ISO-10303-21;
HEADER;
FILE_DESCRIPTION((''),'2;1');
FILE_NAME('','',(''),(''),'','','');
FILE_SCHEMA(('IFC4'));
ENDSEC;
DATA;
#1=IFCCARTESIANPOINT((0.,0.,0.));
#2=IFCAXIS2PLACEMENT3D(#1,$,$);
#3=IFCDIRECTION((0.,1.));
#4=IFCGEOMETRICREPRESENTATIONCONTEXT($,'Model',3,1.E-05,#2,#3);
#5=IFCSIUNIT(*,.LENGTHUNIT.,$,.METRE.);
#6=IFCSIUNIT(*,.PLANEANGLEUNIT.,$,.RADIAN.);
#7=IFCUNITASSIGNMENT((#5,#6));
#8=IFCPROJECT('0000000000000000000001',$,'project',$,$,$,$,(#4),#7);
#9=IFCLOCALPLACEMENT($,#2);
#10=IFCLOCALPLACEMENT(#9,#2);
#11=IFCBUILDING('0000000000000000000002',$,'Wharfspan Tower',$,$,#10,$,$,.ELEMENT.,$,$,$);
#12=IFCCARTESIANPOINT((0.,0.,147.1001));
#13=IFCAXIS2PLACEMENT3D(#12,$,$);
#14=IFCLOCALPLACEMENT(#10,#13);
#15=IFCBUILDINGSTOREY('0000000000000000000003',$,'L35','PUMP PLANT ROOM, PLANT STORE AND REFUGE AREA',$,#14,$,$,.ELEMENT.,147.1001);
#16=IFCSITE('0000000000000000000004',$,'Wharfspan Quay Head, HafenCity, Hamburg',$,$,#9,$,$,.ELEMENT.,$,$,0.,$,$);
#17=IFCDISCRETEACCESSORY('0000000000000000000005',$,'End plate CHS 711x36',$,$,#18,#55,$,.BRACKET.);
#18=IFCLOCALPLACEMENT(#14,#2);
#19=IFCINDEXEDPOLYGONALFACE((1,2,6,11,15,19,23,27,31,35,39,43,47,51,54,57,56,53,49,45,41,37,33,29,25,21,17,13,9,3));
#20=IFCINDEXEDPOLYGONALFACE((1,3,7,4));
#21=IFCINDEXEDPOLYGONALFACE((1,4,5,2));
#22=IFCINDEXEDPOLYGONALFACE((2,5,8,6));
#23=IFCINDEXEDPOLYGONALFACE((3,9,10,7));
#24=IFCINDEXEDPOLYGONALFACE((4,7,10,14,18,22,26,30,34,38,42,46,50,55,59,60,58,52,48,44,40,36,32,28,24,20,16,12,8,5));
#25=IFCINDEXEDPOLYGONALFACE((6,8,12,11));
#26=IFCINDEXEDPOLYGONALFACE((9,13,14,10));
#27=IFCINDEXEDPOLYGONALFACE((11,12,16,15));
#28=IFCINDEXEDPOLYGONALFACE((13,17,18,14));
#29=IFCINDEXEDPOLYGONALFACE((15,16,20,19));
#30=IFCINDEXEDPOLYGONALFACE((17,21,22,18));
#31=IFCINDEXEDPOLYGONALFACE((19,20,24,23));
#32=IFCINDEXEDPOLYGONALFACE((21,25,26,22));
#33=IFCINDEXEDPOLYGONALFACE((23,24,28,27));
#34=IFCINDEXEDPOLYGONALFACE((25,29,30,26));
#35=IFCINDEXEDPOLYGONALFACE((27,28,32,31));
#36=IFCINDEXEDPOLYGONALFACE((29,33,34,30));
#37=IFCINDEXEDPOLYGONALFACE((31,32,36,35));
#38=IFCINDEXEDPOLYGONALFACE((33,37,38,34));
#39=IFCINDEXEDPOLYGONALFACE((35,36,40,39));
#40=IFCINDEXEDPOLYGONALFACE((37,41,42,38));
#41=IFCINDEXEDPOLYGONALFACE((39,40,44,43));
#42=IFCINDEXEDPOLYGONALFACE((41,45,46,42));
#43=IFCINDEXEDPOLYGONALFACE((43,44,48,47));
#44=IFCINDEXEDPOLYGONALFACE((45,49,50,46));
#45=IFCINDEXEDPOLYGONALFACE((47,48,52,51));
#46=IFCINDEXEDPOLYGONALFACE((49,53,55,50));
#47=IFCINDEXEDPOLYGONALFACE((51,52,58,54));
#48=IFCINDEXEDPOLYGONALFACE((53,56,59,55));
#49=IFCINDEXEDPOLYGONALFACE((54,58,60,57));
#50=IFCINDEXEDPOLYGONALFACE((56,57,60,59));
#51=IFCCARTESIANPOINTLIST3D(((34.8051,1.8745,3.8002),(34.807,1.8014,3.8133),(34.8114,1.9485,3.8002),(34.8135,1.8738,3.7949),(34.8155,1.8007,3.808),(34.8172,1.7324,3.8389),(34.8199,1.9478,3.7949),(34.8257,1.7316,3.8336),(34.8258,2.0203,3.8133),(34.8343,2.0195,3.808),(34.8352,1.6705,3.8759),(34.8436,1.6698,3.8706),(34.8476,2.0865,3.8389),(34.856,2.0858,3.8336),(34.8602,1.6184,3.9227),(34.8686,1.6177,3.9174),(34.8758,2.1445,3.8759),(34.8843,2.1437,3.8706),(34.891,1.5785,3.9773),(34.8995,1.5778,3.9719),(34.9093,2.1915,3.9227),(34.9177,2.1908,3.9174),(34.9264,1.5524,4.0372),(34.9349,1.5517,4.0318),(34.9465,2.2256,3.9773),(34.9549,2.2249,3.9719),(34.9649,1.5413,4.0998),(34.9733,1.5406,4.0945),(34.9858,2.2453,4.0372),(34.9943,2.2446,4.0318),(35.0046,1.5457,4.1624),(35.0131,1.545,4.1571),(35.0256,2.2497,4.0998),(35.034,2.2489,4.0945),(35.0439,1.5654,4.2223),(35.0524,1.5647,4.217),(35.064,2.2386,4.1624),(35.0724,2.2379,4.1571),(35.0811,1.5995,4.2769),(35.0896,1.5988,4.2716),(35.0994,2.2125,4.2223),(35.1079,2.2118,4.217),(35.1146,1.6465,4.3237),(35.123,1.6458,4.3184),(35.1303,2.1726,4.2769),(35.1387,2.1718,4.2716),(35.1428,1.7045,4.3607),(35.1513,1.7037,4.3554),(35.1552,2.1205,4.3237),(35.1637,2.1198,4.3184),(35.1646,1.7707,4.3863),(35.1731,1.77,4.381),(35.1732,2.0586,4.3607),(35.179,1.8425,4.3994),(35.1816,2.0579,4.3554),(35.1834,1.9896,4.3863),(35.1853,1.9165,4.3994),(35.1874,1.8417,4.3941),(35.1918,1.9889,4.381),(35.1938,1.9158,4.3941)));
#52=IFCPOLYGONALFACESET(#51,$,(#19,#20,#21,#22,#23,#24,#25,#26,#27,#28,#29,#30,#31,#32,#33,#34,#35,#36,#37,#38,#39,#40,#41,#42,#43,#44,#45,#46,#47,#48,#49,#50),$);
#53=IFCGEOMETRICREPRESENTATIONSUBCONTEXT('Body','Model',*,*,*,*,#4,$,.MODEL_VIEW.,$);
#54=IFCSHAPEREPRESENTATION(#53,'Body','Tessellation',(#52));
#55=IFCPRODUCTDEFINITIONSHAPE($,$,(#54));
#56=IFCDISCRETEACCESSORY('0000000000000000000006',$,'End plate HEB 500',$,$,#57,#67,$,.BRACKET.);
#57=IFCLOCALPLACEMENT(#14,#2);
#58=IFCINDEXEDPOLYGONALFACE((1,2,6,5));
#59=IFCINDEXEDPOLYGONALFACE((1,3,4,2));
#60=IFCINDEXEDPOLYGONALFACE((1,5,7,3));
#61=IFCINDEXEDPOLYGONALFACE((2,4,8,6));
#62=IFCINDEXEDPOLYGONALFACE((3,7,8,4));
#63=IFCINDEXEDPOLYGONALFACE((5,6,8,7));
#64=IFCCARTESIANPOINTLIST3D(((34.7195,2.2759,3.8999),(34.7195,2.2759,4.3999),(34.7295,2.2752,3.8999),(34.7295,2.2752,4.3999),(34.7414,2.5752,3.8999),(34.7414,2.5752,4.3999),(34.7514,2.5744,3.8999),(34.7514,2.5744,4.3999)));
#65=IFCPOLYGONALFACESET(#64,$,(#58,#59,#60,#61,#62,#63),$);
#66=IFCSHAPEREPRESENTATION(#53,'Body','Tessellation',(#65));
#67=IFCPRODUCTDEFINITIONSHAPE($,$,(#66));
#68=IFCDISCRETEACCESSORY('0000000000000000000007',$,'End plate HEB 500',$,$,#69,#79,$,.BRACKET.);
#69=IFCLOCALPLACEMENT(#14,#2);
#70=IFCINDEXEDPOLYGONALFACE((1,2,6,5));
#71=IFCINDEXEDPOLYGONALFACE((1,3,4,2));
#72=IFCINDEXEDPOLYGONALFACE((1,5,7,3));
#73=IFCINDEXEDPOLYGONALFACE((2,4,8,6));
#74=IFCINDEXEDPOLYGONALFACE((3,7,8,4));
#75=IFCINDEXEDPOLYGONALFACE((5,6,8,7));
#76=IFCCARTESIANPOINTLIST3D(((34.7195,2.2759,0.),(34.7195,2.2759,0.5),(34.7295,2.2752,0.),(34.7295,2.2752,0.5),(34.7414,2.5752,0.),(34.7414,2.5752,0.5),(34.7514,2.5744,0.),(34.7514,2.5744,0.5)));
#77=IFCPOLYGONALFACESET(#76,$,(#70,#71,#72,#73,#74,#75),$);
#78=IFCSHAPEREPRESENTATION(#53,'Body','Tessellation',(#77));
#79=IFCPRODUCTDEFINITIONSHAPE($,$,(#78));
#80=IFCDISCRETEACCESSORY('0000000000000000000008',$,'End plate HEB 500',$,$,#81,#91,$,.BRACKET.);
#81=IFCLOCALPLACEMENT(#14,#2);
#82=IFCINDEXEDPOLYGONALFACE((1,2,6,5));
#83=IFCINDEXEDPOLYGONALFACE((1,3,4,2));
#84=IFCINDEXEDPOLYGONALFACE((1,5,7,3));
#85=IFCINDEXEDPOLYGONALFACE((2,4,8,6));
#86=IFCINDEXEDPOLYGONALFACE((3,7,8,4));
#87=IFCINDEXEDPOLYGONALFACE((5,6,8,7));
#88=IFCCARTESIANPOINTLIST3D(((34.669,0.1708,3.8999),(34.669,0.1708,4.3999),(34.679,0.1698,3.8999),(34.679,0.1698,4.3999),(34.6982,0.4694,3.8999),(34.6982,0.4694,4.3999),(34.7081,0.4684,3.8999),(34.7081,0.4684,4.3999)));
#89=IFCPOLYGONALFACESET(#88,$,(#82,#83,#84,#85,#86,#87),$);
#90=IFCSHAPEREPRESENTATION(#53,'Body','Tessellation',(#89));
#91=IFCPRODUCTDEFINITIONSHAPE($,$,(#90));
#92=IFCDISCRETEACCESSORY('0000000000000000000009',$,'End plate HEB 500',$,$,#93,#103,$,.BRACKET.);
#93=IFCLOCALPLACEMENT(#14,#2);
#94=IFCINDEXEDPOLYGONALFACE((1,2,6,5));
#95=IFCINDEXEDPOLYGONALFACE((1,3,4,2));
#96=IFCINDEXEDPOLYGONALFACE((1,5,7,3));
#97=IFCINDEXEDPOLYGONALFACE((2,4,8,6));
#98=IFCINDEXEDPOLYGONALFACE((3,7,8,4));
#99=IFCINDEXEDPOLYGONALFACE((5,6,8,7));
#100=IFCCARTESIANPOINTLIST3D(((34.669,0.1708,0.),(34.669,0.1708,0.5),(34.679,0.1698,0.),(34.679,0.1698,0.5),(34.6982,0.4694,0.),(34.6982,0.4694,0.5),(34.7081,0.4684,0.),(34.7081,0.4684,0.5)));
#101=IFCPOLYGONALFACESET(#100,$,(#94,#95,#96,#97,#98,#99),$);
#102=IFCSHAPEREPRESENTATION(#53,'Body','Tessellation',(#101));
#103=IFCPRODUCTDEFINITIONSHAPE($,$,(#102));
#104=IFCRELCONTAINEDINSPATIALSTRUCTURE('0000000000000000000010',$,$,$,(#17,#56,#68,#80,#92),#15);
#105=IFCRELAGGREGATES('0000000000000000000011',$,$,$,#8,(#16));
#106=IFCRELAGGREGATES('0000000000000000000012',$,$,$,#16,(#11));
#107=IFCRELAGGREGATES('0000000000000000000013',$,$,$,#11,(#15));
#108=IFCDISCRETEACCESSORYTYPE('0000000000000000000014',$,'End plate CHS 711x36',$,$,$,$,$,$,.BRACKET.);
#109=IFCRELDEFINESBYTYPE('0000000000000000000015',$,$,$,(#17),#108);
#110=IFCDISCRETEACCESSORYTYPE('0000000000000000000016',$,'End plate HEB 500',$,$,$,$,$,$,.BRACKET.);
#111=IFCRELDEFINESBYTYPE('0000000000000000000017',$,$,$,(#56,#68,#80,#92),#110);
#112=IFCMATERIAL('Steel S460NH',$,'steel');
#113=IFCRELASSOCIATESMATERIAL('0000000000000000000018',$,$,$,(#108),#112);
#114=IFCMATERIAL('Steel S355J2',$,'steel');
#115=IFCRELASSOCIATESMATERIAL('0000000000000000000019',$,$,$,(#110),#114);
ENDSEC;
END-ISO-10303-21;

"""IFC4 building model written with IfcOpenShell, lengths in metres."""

from ifc_helpers import new_model, si_unit, direction, frame, origin, origin_2d, place, context, subcontext, project, spatial, rectangle, circle, extrude, material, material_profile, profile_set, type_object, element, save


model = new_model("IFC4")

# Units and contexts
model_context = context("Model", 3, precision=1e-05, world=origin(), true_north=direction((0.0, 1.0)))
body_context = subcontext(model_context, "Body", "Model", "MODEL_VIEW")
ifc_project = project(units=[si_unit("LENGTHUNIT", "METRE"), si_unit("PLANEANGLEUNIT", "RADIAN")], contexts=[model_context])

# Site, building, storey
site_placement = place(None, origin())
site = spatial("IfcSite", under=ifc_project, at=site_placement, Name="Wharfspan Quay Head, HafenCity, Hamburg", CompositionType="ELEMENT", RefElevation=0.0)
building_placement = place(site_placement, origin())
building = spatial("IfcBuilding", under=site, at=building_placement, Name="Wharfspan Tower", CompositionType="ELEMENT")
storey_placement = place(building_placement, frame((0.0, 0.0, 147.1001)))
storey = spatial("IfcBuildingStorey", under=building, at=storey_placement, Name="L35", Description="PUMP PLANT ROOM, PLANT STORE AND REFUGE AREA", CompositionType="ELEMENT", Elevation=147.1001)

# Shared definitions
ifc_material_1 = material(Name="Steel S355J2", Category="steel")

# Shared definitions
ifc_material_2 = material(Name="Steel S460NH", Category="steel")

# Discrete accessories
ifc_material_profile_1 = material_profile(ifc_material_2, circle(Radius=0.3555, at=origin_2d()))
ifc_profile_set_1 = profile_set([ifc_material_profile_1], Name="Steel S460NH")
discrete_accessory_type_1 = type_object("IfcDiscreteAccessoryType", Name="End plate CHS 711x36", PredefinedType="BRACKET", material=ifc_profile_set_1)
discrete_accessory_placement = place(storey_placement, frame((35.0037, 1.8948, 4.0945), z_axis=(-0.844416, 0.072379, 0.530776), x_axis=(-0.085402, -0.99635, 0.0)))
element("IfcDiscreteAccessory", 1, at=discrete_accessory_placement, inside=storey, type_object=discrete_accessory_type_1, Name="End plate CHS 711x36", PredefinedType="BRACKET", context=body_context, shape_type="SweptSolid", body=[
    extrude(circle(Radius=0.3555, at=origin_2d()), origin(), (0.0, 0.0, 1.0), 0.01),
])
ifc_material_profile_2 = material_profile(ifc_material_1, rectangle(XDim=0.3, YDim=0.5, at=origin_2d()))
ifc_profile_set_2 = profile_set([ifc_material_profile_2], Name="Steel S355J2")
discrete_accessory_type_2 = type_object("IfcDiscreteAccessoryType", Name="End plate HEB 500", PredefinedType="BRACKET", material=ifc_profile_set_2)
for number, where, z_axis, x_axis, name in (
    (2, (34.7305, 2.4255, 4.1499), (0.997334, -0.072976, 0.0), (0.072976, 0.997334, 0.0), "End plate HEB 500"),
    (3, (34.7305, 2.4255, 0.25), (0.997334, -0.072976, 0.0), (0.072976, 0.997334, 0.0), "End plate HEB 500"),
    (4, (34.6836, 0.3201, 4.1499), (0.995275, -0.0971, 0.0), (0.0971, 0.995275, 0.0), "End plate HEB 500"),
    (5, (34.6836, 0.3201, 0.25), (0.995275, -0.0971, 0.0), (0.0971, 0.995275, 0.0), "End plate HEB 500"),
):
    element("IfcDiscreteAccessory", number, at=place(storey_placement, frame(where, z_axis=z_axis, x_axis=x_axis)), inside=storey, type_object=discrete_accessory_type_2, Name=name, PredefinedType="BRACKET", context=body_context, shape_type="SweptSolid", body=[
        extrude(rectangle(XDim=0.3, YDim=0.5, at=origin_2d()), origin(), (0.0, 0.0, 1.0), 0.01),
    ])

save(model, "model.ifc")
